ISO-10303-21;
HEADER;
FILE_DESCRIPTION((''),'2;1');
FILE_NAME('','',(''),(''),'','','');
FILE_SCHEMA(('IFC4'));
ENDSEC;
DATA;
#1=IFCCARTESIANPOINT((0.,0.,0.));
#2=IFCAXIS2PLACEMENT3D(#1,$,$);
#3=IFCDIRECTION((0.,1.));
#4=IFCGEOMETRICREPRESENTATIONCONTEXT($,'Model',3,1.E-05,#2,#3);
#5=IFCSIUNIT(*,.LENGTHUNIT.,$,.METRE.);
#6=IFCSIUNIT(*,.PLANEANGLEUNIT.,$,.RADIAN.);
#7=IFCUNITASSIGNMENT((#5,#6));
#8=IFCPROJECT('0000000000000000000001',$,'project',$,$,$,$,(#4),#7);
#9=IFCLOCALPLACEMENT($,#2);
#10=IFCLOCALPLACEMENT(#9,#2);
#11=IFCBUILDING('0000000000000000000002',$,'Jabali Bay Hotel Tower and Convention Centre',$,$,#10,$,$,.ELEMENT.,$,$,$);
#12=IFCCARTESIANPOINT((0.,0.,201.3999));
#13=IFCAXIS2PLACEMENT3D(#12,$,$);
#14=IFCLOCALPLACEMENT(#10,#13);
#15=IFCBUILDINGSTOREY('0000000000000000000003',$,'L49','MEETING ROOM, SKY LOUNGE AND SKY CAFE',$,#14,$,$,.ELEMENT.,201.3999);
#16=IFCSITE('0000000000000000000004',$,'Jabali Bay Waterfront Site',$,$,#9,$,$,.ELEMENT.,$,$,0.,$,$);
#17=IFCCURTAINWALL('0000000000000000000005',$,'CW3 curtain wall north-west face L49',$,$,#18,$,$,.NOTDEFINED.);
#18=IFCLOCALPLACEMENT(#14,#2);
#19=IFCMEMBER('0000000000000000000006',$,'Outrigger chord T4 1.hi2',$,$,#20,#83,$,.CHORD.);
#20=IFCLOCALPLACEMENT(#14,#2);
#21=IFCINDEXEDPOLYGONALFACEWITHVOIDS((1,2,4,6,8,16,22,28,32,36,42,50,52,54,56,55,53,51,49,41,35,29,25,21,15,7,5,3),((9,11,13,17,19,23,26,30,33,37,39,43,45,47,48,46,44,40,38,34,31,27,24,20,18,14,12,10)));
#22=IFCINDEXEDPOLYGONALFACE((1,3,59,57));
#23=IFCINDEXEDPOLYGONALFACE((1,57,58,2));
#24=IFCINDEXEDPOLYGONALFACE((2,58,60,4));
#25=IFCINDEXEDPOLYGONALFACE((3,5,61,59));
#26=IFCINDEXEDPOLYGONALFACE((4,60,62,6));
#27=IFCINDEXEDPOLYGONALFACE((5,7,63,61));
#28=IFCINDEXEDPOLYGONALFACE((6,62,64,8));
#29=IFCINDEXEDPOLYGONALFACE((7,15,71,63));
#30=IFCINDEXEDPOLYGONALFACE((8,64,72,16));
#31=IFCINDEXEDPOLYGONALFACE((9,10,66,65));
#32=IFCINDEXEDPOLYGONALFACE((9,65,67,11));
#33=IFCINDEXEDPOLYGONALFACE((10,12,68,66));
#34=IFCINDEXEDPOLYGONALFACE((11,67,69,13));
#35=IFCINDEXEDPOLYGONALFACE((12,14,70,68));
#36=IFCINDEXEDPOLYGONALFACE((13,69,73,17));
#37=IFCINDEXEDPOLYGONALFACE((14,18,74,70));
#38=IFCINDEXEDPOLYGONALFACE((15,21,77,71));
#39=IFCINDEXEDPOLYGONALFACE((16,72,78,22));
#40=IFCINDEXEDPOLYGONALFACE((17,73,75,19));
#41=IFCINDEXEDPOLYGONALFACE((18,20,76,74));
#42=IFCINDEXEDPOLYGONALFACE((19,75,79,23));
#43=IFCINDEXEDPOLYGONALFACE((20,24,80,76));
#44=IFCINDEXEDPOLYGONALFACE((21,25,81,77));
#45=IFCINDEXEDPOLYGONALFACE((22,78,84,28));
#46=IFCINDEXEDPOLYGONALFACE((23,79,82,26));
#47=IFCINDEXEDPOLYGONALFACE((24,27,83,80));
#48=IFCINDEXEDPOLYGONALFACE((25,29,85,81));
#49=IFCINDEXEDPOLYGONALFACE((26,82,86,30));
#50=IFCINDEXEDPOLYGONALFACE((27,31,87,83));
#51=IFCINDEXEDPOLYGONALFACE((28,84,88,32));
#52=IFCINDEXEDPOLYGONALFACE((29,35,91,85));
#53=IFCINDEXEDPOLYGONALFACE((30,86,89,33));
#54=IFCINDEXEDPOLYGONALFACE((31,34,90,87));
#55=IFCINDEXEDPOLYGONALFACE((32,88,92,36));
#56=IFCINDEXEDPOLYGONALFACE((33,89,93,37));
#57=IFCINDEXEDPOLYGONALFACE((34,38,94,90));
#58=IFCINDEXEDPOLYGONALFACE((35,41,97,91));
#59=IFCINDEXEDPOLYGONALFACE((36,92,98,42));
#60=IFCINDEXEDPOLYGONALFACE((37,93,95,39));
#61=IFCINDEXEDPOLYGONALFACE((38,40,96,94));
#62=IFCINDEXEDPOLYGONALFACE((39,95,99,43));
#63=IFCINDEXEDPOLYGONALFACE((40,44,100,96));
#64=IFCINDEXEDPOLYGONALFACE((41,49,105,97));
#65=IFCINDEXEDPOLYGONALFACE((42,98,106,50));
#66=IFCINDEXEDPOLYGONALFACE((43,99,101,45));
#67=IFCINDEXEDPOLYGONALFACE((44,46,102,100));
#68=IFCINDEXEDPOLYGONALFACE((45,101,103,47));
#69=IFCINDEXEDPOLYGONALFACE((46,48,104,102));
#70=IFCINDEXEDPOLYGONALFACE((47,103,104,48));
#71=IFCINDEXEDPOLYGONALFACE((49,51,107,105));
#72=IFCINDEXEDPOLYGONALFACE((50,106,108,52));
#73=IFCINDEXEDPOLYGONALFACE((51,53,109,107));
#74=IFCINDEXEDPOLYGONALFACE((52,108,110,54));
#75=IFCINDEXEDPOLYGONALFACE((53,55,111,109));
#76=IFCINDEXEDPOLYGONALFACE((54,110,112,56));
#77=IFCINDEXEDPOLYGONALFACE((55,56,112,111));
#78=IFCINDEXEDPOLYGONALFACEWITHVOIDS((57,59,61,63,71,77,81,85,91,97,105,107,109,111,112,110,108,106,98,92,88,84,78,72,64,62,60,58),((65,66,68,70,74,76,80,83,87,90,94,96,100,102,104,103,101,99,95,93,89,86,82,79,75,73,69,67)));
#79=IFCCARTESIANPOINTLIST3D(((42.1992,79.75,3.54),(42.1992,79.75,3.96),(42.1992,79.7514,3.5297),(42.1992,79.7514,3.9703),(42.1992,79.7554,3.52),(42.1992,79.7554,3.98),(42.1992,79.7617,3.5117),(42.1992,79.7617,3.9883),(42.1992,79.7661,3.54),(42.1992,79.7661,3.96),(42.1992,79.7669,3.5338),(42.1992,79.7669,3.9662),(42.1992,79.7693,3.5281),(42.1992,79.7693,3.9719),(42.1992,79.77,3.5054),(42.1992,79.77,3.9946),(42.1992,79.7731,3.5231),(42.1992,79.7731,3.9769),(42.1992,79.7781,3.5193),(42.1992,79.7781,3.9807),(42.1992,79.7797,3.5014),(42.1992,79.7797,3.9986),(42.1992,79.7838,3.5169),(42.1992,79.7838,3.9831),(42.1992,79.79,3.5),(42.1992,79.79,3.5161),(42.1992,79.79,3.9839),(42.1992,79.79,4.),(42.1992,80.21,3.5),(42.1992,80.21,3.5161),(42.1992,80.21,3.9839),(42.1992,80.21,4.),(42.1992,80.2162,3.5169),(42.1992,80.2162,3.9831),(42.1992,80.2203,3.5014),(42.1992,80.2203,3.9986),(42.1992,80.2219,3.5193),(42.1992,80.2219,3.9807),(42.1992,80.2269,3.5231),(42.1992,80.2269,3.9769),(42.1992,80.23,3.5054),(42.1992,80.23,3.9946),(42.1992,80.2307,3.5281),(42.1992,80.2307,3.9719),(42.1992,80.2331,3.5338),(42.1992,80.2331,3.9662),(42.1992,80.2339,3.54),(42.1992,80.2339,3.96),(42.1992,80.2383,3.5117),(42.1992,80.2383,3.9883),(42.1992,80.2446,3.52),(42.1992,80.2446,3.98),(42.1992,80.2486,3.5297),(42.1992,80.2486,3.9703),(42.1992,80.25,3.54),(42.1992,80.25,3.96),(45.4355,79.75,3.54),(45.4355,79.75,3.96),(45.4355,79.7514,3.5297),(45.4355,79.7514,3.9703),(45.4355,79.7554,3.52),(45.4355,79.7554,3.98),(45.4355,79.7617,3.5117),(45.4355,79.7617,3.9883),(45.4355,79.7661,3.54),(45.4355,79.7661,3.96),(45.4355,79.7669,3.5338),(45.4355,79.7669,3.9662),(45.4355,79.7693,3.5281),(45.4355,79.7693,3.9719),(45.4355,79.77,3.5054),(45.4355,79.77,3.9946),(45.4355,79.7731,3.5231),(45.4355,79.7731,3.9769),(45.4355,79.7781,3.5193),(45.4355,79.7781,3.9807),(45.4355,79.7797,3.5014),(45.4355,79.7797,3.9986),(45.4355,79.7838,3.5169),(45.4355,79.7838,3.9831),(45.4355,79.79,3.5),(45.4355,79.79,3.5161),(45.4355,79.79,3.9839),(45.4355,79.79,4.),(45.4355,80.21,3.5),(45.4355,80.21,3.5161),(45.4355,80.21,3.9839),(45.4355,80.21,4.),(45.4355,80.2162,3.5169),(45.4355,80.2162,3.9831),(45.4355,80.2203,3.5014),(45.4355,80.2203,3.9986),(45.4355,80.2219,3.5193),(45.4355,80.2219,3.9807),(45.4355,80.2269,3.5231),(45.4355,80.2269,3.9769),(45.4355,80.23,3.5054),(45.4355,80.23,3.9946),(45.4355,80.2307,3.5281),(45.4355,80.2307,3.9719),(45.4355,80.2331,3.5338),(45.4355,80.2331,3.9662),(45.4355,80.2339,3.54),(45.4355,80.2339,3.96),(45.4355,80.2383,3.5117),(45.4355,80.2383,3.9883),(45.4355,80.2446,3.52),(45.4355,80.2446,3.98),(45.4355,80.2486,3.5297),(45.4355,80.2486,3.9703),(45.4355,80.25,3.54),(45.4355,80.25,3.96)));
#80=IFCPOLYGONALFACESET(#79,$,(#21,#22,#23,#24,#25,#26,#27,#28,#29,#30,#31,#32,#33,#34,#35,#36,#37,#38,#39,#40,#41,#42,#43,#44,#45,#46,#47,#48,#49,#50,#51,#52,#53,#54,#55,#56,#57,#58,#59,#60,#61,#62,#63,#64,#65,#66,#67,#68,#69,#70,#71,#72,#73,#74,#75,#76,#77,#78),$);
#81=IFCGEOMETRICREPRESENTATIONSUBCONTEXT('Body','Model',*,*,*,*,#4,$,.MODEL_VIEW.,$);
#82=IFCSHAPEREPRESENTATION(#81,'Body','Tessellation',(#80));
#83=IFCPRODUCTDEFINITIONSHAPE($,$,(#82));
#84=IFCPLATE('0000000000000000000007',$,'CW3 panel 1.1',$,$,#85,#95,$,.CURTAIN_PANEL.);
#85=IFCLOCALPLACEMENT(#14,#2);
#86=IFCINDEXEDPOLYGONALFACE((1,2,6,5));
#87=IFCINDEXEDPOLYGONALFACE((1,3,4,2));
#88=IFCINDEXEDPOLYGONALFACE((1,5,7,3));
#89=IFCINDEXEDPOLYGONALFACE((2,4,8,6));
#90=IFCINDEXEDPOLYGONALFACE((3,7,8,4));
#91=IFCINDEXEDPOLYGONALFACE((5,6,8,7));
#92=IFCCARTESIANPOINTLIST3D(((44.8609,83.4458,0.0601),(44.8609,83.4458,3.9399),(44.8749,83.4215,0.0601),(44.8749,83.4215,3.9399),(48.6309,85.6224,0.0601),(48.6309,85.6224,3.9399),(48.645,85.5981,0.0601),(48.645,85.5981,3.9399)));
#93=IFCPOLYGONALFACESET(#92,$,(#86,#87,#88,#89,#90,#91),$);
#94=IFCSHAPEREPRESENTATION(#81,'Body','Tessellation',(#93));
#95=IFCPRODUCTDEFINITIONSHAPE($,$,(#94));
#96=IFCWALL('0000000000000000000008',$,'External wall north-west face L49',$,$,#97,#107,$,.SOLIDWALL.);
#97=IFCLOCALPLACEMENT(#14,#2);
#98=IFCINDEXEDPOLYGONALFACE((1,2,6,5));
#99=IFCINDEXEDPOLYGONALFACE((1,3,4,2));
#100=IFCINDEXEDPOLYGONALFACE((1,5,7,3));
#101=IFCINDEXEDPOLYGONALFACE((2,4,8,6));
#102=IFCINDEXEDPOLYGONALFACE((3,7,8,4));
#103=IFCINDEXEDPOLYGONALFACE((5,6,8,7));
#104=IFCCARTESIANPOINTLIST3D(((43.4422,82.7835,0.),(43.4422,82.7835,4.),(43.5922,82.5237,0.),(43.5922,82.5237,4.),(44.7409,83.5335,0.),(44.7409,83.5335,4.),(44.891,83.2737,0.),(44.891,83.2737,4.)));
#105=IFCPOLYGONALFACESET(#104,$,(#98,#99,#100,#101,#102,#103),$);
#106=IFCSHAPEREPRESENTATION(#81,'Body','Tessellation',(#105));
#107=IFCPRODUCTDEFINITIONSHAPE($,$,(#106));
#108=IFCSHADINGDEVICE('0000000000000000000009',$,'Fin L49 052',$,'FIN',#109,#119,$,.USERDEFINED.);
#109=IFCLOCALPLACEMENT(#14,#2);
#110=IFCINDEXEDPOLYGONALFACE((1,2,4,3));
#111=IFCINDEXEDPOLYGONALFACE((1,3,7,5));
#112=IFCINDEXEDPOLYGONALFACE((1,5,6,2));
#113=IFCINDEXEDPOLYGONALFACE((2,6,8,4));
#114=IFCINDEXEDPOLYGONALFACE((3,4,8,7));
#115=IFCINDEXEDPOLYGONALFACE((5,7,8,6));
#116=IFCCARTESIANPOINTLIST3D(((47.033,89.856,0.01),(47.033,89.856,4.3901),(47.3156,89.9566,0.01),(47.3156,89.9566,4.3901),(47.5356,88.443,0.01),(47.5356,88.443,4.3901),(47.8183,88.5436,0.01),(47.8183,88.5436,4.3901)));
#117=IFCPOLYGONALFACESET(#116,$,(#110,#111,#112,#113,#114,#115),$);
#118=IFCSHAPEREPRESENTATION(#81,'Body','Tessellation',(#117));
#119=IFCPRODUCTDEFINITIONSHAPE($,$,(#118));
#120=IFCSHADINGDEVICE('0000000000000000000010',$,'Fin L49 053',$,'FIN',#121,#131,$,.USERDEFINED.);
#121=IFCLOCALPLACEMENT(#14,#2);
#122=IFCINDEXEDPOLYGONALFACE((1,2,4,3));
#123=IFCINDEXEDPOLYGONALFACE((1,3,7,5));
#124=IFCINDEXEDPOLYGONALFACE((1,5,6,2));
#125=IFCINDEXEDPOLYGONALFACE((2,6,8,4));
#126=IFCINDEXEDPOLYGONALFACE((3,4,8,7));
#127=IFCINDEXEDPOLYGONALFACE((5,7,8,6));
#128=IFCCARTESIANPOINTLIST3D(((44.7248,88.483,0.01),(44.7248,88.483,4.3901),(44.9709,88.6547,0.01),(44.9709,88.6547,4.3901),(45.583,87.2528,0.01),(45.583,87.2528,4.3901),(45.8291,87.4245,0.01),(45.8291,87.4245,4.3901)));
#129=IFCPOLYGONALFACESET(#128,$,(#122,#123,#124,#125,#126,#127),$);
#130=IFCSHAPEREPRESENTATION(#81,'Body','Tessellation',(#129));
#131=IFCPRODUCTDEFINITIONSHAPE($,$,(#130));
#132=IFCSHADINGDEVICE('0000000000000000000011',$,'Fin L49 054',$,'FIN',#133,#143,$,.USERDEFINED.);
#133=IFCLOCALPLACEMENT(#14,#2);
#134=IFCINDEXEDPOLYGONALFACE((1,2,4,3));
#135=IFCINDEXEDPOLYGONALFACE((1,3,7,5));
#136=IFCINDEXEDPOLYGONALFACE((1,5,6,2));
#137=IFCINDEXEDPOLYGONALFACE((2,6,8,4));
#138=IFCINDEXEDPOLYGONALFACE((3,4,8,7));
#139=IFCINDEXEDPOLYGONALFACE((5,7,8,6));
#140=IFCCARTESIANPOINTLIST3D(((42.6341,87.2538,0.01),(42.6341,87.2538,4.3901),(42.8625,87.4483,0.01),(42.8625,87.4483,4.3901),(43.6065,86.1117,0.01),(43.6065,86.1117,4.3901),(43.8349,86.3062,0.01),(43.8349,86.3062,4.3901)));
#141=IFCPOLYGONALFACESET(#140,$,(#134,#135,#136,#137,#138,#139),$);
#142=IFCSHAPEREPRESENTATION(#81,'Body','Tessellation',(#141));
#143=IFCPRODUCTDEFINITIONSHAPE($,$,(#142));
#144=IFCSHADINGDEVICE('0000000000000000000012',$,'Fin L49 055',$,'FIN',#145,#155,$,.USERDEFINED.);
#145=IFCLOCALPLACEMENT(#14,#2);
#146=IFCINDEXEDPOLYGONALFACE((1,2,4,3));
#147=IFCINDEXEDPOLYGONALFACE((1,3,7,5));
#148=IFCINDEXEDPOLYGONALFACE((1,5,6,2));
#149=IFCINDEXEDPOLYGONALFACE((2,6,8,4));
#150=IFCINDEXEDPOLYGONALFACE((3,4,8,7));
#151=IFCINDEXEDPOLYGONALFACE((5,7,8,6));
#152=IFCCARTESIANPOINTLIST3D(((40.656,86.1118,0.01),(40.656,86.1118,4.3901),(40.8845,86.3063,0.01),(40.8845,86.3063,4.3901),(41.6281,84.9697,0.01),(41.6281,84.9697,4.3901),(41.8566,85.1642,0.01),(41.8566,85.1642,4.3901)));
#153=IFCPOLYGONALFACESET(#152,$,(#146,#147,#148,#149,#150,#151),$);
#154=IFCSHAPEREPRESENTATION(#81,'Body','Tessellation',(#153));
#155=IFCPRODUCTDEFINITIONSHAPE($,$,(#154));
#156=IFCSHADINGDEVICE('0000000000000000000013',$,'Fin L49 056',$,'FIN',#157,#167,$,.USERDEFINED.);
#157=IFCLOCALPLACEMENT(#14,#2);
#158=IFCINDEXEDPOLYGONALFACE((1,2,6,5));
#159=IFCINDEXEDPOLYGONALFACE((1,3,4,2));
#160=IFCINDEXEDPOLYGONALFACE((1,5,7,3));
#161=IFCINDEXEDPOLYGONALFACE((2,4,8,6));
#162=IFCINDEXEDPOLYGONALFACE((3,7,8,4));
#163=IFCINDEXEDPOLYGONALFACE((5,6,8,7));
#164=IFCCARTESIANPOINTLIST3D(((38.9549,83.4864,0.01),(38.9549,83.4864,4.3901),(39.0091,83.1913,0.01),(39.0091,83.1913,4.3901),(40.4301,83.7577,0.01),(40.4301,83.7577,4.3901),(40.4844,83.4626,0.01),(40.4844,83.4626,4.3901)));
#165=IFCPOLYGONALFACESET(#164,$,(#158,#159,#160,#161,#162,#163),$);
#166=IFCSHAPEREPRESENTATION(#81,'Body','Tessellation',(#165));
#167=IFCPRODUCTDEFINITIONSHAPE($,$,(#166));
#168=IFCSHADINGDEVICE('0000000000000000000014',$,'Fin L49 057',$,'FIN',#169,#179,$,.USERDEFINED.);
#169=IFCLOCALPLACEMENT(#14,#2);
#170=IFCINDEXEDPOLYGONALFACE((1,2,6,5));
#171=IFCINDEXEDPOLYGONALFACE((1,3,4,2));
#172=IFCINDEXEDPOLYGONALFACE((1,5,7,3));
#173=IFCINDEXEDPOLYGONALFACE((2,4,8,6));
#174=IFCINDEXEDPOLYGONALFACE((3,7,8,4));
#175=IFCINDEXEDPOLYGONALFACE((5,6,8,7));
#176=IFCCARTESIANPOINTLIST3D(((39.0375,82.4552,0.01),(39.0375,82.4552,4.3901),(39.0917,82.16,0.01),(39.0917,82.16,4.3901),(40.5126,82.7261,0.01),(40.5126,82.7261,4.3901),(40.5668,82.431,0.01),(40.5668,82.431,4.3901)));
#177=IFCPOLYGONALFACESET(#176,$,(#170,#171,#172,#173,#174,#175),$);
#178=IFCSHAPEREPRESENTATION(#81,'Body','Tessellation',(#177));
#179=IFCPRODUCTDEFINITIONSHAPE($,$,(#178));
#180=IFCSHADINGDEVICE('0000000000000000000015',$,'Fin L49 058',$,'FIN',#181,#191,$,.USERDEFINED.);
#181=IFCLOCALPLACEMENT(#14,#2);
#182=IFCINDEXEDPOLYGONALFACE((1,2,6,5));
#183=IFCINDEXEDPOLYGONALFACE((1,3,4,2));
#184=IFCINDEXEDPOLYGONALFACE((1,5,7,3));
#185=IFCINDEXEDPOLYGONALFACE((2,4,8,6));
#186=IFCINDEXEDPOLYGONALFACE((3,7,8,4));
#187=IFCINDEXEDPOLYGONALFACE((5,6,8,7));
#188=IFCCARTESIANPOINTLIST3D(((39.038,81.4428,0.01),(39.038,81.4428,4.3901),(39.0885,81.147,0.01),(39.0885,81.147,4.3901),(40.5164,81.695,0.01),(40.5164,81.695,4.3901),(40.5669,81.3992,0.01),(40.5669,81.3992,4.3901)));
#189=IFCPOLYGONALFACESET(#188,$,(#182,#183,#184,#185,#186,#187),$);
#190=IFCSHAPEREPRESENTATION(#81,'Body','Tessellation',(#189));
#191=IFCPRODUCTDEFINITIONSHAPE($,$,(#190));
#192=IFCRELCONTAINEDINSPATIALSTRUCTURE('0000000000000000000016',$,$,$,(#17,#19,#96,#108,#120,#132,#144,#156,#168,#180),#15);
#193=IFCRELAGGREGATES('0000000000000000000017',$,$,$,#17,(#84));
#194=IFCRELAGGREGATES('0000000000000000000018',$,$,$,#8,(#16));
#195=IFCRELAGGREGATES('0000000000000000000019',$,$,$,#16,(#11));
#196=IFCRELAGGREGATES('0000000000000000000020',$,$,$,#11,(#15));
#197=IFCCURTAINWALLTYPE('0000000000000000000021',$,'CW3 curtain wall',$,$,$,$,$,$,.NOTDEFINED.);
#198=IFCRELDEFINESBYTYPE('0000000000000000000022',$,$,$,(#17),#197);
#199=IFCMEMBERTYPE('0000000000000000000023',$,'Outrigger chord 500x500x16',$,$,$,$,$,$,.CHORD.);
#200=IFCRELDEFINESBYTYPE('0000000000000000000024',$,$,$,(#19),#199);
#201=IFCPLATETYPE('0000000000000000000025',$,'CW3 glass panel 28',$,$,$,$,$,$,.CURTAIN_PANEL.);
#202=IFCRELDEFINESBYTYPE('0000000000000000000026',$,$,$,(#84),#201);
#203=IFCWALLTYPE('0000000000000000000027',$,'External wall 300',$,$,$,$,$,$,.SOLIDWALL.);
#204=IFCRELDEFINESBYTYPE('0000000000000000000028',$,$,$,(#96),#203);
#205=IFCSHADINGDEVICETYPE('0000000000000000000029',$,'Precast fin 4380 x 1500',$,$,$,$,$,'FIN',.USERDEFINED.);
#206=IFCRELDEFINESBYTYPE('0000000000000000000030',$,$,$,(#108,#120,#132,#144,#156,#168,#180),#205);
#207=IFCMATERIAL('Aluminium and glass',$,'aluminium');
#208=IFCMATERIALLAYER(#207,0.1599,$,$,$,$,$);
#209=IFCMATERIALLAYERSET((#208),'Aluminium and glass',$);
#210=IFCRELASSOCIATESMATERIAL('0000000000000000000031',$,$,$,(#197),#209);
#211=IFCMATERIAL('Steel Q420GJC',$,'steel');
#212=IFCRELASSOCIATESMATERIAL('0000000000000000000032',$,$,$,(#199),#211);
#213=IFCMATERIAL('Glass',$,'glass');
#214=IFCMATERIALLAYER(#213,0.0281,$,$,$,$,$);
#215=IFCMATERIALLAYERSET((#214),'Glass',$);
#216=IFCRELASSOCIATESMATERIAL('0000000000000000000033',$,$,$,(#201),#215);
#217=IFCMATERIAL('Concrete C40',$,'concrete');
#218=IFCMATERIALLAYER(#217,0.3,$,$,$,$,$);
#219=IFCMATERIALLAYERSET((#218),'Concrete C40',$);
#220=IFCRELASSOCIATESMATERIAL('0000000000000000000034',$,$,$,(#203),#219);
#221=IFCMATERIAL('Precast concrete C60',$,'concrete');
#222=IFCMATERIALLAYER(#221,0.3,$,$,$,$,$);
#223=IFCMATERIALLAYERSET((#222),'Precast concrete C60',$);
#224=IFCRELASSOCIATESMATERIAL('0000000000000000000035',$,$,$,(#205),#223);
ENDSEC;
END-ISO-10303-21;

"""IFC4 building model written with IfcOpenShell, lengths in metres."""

from ifc_helpers import new_model, si_unit, direction, frame, frame_2d, origin, origin_2d, place, context, subcontext, project, spatial, rectangle, hollow_rectangle, extrude, material, layer, layer_set, material_profile, profile_set, type_object, element, aggregate, save


model = new_model("IFC4")

# Units and contexts
model_context = context("Model", 3, precision=1e-05, world=origin(), true_north=direction((0.0, 1.0)))
body_context = subcontext(model_context, "Body", "Model", "MODEL_VIEW")
ifc_project = project(units=[si_unit("LENGTHUNIT", "METRE"), si_unit("PLANEANGLEUNIT", "RADIAN")], contexts=[model_context])

# Site, building, storey
site_placement = place(None, origin())
site = spatial("IfcSite", under=ifc_project, at=site_placement, Name="Jabali Bay Waterfront Site", CompositionType="ELEMENT", RefElevation=0.0)
building_placement = place(site_placement, origin())
building = spatial("IfcBuilding", under=site, at=building_placement, Name="Jabali Bay Hotel Tower and Convention Centre", CompositionType="ELEMENT")
storey_placement = place(building_placement, frame((0.0, 0.0, 201.3999)))
storey = spatial("IfcBuildingStorey", under=building, at=storey_placement, Name="L49", Description="MEETING ROOM, SKY LOUNGE AND SKY CAFE", CompositionType="ELEMENT", Elevation=201.3999)

# Shared definitions
ifc_material_1 = material(Name="Steel Q420GJC", Category="steel")

# Curtain wall
ifc_material_2 = material(Name="Aluminium and glass", Category="aluminium")
ifc_layer_1 = layer(ifc_material_2, 0.1599)
ifc_layer_set_1 = layer_set([ifc_layer_1], Name="Aluminium and glass")
curtain_wall_type = type_object("IfcCurtainWallType", Name="CW3 curtain wall", PredefinedType="NOTDEFINED", material=ifc_layer_set_1)
curtain_wall_placement = place(storey_placement, origin())
curtain_wall = element("IfcCurtainWall", 1, at=curtain_wall_placement, inside=storey, type_object=curtain_wall_type, Name="CW3 curtain wall north-west face L49", PredefinedType="NOTDEFINED")

# Member
ifc_material_profile_1 = material_profile(ifc_material_1, hollow_rectangle(XDim=0.5, YDim=0.5, WallThickness=0.0161, InnerFilletRadius=0.0239, OuterFilletRadius=0.04, at=origin_2d()), Name="Outrigger chord 500x500x16")
ifc_profile_set_1 = profile_set([ifc_material_profile_1], Name="Steel Q420GJC")
member_type_1 = type_object("IfcMemberType", Name="Outrigger chord 500x500x16", PredefinedType="CHORD", material=ifc_profile_set_1)
member_1_placement = place(storey_placement, frame((45.4355, 80.0, 3.75), z_axis=(-1.0, 0.0, 0.0), x_axis=(0.0, -1.0, 0.0)))
element("IfcMember", 2, at=member_1_placement, inside=storey, type_object=member_type_1, Name="Outrigger chord T4 1.hi2", PredefinedType="CHORD", context=body_context, shape_type="SweptSolid", body=[
    extrude(hollow_rectangle(XDim=0.5, YDim=0.5, WallThickness=0.0161, InnerFilletRadius=0.0239, OuterFilletRadius=0.04, at=origin_2d()), origin(), (0.0, 0.0, 1.0), 3.2363),
])

# Plate
ifc_material_3 = material(Name="Glass", Category="glass")
ifc_layer_2 = layer(ifc_material_3, 0.0281)
ifc_layer_set_2 = layer_set([ifc_layer_2], Name="Glass")
plate_type = type_object("IfcPlateType", Name="CW3 glass panel 28", PredefinedType="CURTAIN_PANEL", material=ifc_layer_set_2)
plate_placement = place(storey_placement, frame((46.7529, 84.522, 0.0601), z_axis=(0.0, 0.0, 1.0), x_axis=(0.866025, 0.5, 0.0)))
plate = element("IfcPlate", 3, at=plate_placement, type_object=plate_type, Name="CW3 panel 1.1", PredefinedType="CURTAIN_PANEL", context=body_context, shape_type="SweptSolid", body=[
    extrude(rectangle(XDim=4.3533, YDim=0.0281, at=origin_2d()), origin(), (0.0, 0.0, 1.0), 3.8799),
])
aggregate(curtain_wall, [plate])

# Wall
ifc_material_4 = material(Name="Concrete C40", Category="concrete")
ifc_layer_3 = layer(ifc_material_4, 0.3)
ifc_layer_set_3 = layer_set([ifc_layer_3], Name="Concrete C40")
wall_type = type_object("IfcWallType", Name="External wall 300", PredefinedType="SOLIDWALL", material=ifc_layer_set_3)
wall_placement = place(storey_placement, frame((43.5171, 82.6536, 0.0), z_axis=(0.0, 0.0, 1.0), x_axis=(0.86599, 0.500061, 0.0)))
element("IfcWall", 4, at=wall_placement, inside=storey, type_object=wall_type, Name="External wall north-west face L49", PredefinedType="SOLIDWALL", context=body_context, shape_type="SweptSolid", body=[
    extrude(rectangle(XDim=1.4998, YDim=0.3, at=frame_2d((0.75, 0.0))), origin(), (0.0, 0.0, 1.0), 4.0),
])

# Shading devices
ifc_material_5 = material(Name="Precast concrete C60", Category="concrete")
ifc_layer_4 = layer(ifc_material_5, 0.3)
ifc_layer_set_4 = layer_set([ifc_layer_4], Name="Precast concrete C60")
shading_device_type = type_object("IfcShadingDeviceType", Name="Precast fin 4380 x 1500", ElementType="FIN", PredefinedType="USERDEFINED", material=ifc_layer_set_4)
shading_device_1_placement = place(storey_placement, frame((47.677, 88.4932, 0.01), z_axis=(0.0, 0.0, 1.0), x_axis=(-0.335161, 0.942161, 0.0)))
element("IfcShadingDevice", 5, at=shading_device_1_placement, inside=storey, type_object=shading_device_type, Name="Fin L49 052", ObjectType="FIN", PredefinedType="USERDEFINED", context=body_context, shape_type="SweptSolid", body=[
    extrude(rectangle(XDim=1.4998, YDim=0.3, at=frame_2d((0.75, 0.0))), origin(), (0.0, 0.0, 1.0), 4.3801),
])
for number, where, z_axis, x_axis, name in (
    (6, (45.7061, 87.3386, 0.01), (0.0, 0.0, 1.0), (-0.572118, 0.820171, 0.0), "Fin L49 053"),
    (7, (43.7207, 86.209, 0.01), (0.0, 0.0, 1.0), (-0.648281, 0.761401, 0.0), "Fin L49 054"),
):
    element("IfcShadingDevice", number, at=place(storey_placement, frame(where, z_axis=z_axis, x_axis=x_axis)), inside=storey, type_object=shading_device_type, Name=name, ObjectType="FIN", PredefinedType="USERDEFINED", context=body_context, shape_type="SweptSolid", body=[
        extrude(rectangle(XDim=1.5, YDim=0.3, at=frame_2d((0.75, 0.0))), origin(), (0.0, 0.0, 1.0), 4.3801),
    ])
shading_device_2_placement = place(storey_placement, frame((41.7424, 85.0669, 0.01), z_axis=(0.0, 0.0, 1.0), x_axis=(-0.648187, 0.761481, 0.0)))
element("IfcShadingDevice", 8, at=shading_device_2_placement, inside=storey, type_object=shading_device_type, Name="Fin L49 055", ObjectType="FIN", PredefinedType="USERDEFINED", context=body_context, shape_type="SweptSolid", body=[
    extrude(rectangle(XDim=1.4998, YDim=0.3, at=frame_2d((0.75, 0.0))), origin(), (0.0, 0.0, 1.0), 4.3801),
])
shading_device_3_placement = place(storey_placement, frame((40.4573, 83.6101, 0.01), z_axis=(0.0, 0.0, 1.0), x_axis=(-0.983516, -0.180819, 0.0)))
element("IfcShadingDevice", 9, at=shading_device_3_placement, inside=storey, type_object=shading_device_type, Name="Fin L49 056", ObjectType="FIN", PredefinedType="USERDEFINED", context=body_context, shape_type="SweptSolid", body=[
    extrude(rectangle(XDim=1.5, YDim=0.3, at=frame_2d((0.75, 0.0))), origin(), (0.0, 0.0, 1.0), 4.3801),
])
for number, where, z_axis, x_axis, name in (
    (10, (40.5398, 82.5786, 0.01), (0.0, 0.0, 1.0), (-0.98354, -0.18069, 0.0), "Fin L49 057"),
    (11, (40.5417, 81.5471, 0.01), (0.0, 0.0, 1.0), (-0.985762, -0.168146, 0.0), "Fin L49 058"),
):
    element("IfcShadingDevice", number, at=place(storey_placement, frame(where, z_axis=z_axis, x_axis=x_axis)), inside=storey, type_object=shading_device_type, Name=name, ObjectType="FIN", PredefinedType="USERDEFINED", context=body_context, shape_type="SweptSolid", body=[
        extrude(rectangle(XDim=1.4998, YDim=0.3, at=frame_2d((0.75, 0.0))), origin(), (0.0, 0.0, 1.0), 4.3801),
    ])

save(model, "model.ifc")
